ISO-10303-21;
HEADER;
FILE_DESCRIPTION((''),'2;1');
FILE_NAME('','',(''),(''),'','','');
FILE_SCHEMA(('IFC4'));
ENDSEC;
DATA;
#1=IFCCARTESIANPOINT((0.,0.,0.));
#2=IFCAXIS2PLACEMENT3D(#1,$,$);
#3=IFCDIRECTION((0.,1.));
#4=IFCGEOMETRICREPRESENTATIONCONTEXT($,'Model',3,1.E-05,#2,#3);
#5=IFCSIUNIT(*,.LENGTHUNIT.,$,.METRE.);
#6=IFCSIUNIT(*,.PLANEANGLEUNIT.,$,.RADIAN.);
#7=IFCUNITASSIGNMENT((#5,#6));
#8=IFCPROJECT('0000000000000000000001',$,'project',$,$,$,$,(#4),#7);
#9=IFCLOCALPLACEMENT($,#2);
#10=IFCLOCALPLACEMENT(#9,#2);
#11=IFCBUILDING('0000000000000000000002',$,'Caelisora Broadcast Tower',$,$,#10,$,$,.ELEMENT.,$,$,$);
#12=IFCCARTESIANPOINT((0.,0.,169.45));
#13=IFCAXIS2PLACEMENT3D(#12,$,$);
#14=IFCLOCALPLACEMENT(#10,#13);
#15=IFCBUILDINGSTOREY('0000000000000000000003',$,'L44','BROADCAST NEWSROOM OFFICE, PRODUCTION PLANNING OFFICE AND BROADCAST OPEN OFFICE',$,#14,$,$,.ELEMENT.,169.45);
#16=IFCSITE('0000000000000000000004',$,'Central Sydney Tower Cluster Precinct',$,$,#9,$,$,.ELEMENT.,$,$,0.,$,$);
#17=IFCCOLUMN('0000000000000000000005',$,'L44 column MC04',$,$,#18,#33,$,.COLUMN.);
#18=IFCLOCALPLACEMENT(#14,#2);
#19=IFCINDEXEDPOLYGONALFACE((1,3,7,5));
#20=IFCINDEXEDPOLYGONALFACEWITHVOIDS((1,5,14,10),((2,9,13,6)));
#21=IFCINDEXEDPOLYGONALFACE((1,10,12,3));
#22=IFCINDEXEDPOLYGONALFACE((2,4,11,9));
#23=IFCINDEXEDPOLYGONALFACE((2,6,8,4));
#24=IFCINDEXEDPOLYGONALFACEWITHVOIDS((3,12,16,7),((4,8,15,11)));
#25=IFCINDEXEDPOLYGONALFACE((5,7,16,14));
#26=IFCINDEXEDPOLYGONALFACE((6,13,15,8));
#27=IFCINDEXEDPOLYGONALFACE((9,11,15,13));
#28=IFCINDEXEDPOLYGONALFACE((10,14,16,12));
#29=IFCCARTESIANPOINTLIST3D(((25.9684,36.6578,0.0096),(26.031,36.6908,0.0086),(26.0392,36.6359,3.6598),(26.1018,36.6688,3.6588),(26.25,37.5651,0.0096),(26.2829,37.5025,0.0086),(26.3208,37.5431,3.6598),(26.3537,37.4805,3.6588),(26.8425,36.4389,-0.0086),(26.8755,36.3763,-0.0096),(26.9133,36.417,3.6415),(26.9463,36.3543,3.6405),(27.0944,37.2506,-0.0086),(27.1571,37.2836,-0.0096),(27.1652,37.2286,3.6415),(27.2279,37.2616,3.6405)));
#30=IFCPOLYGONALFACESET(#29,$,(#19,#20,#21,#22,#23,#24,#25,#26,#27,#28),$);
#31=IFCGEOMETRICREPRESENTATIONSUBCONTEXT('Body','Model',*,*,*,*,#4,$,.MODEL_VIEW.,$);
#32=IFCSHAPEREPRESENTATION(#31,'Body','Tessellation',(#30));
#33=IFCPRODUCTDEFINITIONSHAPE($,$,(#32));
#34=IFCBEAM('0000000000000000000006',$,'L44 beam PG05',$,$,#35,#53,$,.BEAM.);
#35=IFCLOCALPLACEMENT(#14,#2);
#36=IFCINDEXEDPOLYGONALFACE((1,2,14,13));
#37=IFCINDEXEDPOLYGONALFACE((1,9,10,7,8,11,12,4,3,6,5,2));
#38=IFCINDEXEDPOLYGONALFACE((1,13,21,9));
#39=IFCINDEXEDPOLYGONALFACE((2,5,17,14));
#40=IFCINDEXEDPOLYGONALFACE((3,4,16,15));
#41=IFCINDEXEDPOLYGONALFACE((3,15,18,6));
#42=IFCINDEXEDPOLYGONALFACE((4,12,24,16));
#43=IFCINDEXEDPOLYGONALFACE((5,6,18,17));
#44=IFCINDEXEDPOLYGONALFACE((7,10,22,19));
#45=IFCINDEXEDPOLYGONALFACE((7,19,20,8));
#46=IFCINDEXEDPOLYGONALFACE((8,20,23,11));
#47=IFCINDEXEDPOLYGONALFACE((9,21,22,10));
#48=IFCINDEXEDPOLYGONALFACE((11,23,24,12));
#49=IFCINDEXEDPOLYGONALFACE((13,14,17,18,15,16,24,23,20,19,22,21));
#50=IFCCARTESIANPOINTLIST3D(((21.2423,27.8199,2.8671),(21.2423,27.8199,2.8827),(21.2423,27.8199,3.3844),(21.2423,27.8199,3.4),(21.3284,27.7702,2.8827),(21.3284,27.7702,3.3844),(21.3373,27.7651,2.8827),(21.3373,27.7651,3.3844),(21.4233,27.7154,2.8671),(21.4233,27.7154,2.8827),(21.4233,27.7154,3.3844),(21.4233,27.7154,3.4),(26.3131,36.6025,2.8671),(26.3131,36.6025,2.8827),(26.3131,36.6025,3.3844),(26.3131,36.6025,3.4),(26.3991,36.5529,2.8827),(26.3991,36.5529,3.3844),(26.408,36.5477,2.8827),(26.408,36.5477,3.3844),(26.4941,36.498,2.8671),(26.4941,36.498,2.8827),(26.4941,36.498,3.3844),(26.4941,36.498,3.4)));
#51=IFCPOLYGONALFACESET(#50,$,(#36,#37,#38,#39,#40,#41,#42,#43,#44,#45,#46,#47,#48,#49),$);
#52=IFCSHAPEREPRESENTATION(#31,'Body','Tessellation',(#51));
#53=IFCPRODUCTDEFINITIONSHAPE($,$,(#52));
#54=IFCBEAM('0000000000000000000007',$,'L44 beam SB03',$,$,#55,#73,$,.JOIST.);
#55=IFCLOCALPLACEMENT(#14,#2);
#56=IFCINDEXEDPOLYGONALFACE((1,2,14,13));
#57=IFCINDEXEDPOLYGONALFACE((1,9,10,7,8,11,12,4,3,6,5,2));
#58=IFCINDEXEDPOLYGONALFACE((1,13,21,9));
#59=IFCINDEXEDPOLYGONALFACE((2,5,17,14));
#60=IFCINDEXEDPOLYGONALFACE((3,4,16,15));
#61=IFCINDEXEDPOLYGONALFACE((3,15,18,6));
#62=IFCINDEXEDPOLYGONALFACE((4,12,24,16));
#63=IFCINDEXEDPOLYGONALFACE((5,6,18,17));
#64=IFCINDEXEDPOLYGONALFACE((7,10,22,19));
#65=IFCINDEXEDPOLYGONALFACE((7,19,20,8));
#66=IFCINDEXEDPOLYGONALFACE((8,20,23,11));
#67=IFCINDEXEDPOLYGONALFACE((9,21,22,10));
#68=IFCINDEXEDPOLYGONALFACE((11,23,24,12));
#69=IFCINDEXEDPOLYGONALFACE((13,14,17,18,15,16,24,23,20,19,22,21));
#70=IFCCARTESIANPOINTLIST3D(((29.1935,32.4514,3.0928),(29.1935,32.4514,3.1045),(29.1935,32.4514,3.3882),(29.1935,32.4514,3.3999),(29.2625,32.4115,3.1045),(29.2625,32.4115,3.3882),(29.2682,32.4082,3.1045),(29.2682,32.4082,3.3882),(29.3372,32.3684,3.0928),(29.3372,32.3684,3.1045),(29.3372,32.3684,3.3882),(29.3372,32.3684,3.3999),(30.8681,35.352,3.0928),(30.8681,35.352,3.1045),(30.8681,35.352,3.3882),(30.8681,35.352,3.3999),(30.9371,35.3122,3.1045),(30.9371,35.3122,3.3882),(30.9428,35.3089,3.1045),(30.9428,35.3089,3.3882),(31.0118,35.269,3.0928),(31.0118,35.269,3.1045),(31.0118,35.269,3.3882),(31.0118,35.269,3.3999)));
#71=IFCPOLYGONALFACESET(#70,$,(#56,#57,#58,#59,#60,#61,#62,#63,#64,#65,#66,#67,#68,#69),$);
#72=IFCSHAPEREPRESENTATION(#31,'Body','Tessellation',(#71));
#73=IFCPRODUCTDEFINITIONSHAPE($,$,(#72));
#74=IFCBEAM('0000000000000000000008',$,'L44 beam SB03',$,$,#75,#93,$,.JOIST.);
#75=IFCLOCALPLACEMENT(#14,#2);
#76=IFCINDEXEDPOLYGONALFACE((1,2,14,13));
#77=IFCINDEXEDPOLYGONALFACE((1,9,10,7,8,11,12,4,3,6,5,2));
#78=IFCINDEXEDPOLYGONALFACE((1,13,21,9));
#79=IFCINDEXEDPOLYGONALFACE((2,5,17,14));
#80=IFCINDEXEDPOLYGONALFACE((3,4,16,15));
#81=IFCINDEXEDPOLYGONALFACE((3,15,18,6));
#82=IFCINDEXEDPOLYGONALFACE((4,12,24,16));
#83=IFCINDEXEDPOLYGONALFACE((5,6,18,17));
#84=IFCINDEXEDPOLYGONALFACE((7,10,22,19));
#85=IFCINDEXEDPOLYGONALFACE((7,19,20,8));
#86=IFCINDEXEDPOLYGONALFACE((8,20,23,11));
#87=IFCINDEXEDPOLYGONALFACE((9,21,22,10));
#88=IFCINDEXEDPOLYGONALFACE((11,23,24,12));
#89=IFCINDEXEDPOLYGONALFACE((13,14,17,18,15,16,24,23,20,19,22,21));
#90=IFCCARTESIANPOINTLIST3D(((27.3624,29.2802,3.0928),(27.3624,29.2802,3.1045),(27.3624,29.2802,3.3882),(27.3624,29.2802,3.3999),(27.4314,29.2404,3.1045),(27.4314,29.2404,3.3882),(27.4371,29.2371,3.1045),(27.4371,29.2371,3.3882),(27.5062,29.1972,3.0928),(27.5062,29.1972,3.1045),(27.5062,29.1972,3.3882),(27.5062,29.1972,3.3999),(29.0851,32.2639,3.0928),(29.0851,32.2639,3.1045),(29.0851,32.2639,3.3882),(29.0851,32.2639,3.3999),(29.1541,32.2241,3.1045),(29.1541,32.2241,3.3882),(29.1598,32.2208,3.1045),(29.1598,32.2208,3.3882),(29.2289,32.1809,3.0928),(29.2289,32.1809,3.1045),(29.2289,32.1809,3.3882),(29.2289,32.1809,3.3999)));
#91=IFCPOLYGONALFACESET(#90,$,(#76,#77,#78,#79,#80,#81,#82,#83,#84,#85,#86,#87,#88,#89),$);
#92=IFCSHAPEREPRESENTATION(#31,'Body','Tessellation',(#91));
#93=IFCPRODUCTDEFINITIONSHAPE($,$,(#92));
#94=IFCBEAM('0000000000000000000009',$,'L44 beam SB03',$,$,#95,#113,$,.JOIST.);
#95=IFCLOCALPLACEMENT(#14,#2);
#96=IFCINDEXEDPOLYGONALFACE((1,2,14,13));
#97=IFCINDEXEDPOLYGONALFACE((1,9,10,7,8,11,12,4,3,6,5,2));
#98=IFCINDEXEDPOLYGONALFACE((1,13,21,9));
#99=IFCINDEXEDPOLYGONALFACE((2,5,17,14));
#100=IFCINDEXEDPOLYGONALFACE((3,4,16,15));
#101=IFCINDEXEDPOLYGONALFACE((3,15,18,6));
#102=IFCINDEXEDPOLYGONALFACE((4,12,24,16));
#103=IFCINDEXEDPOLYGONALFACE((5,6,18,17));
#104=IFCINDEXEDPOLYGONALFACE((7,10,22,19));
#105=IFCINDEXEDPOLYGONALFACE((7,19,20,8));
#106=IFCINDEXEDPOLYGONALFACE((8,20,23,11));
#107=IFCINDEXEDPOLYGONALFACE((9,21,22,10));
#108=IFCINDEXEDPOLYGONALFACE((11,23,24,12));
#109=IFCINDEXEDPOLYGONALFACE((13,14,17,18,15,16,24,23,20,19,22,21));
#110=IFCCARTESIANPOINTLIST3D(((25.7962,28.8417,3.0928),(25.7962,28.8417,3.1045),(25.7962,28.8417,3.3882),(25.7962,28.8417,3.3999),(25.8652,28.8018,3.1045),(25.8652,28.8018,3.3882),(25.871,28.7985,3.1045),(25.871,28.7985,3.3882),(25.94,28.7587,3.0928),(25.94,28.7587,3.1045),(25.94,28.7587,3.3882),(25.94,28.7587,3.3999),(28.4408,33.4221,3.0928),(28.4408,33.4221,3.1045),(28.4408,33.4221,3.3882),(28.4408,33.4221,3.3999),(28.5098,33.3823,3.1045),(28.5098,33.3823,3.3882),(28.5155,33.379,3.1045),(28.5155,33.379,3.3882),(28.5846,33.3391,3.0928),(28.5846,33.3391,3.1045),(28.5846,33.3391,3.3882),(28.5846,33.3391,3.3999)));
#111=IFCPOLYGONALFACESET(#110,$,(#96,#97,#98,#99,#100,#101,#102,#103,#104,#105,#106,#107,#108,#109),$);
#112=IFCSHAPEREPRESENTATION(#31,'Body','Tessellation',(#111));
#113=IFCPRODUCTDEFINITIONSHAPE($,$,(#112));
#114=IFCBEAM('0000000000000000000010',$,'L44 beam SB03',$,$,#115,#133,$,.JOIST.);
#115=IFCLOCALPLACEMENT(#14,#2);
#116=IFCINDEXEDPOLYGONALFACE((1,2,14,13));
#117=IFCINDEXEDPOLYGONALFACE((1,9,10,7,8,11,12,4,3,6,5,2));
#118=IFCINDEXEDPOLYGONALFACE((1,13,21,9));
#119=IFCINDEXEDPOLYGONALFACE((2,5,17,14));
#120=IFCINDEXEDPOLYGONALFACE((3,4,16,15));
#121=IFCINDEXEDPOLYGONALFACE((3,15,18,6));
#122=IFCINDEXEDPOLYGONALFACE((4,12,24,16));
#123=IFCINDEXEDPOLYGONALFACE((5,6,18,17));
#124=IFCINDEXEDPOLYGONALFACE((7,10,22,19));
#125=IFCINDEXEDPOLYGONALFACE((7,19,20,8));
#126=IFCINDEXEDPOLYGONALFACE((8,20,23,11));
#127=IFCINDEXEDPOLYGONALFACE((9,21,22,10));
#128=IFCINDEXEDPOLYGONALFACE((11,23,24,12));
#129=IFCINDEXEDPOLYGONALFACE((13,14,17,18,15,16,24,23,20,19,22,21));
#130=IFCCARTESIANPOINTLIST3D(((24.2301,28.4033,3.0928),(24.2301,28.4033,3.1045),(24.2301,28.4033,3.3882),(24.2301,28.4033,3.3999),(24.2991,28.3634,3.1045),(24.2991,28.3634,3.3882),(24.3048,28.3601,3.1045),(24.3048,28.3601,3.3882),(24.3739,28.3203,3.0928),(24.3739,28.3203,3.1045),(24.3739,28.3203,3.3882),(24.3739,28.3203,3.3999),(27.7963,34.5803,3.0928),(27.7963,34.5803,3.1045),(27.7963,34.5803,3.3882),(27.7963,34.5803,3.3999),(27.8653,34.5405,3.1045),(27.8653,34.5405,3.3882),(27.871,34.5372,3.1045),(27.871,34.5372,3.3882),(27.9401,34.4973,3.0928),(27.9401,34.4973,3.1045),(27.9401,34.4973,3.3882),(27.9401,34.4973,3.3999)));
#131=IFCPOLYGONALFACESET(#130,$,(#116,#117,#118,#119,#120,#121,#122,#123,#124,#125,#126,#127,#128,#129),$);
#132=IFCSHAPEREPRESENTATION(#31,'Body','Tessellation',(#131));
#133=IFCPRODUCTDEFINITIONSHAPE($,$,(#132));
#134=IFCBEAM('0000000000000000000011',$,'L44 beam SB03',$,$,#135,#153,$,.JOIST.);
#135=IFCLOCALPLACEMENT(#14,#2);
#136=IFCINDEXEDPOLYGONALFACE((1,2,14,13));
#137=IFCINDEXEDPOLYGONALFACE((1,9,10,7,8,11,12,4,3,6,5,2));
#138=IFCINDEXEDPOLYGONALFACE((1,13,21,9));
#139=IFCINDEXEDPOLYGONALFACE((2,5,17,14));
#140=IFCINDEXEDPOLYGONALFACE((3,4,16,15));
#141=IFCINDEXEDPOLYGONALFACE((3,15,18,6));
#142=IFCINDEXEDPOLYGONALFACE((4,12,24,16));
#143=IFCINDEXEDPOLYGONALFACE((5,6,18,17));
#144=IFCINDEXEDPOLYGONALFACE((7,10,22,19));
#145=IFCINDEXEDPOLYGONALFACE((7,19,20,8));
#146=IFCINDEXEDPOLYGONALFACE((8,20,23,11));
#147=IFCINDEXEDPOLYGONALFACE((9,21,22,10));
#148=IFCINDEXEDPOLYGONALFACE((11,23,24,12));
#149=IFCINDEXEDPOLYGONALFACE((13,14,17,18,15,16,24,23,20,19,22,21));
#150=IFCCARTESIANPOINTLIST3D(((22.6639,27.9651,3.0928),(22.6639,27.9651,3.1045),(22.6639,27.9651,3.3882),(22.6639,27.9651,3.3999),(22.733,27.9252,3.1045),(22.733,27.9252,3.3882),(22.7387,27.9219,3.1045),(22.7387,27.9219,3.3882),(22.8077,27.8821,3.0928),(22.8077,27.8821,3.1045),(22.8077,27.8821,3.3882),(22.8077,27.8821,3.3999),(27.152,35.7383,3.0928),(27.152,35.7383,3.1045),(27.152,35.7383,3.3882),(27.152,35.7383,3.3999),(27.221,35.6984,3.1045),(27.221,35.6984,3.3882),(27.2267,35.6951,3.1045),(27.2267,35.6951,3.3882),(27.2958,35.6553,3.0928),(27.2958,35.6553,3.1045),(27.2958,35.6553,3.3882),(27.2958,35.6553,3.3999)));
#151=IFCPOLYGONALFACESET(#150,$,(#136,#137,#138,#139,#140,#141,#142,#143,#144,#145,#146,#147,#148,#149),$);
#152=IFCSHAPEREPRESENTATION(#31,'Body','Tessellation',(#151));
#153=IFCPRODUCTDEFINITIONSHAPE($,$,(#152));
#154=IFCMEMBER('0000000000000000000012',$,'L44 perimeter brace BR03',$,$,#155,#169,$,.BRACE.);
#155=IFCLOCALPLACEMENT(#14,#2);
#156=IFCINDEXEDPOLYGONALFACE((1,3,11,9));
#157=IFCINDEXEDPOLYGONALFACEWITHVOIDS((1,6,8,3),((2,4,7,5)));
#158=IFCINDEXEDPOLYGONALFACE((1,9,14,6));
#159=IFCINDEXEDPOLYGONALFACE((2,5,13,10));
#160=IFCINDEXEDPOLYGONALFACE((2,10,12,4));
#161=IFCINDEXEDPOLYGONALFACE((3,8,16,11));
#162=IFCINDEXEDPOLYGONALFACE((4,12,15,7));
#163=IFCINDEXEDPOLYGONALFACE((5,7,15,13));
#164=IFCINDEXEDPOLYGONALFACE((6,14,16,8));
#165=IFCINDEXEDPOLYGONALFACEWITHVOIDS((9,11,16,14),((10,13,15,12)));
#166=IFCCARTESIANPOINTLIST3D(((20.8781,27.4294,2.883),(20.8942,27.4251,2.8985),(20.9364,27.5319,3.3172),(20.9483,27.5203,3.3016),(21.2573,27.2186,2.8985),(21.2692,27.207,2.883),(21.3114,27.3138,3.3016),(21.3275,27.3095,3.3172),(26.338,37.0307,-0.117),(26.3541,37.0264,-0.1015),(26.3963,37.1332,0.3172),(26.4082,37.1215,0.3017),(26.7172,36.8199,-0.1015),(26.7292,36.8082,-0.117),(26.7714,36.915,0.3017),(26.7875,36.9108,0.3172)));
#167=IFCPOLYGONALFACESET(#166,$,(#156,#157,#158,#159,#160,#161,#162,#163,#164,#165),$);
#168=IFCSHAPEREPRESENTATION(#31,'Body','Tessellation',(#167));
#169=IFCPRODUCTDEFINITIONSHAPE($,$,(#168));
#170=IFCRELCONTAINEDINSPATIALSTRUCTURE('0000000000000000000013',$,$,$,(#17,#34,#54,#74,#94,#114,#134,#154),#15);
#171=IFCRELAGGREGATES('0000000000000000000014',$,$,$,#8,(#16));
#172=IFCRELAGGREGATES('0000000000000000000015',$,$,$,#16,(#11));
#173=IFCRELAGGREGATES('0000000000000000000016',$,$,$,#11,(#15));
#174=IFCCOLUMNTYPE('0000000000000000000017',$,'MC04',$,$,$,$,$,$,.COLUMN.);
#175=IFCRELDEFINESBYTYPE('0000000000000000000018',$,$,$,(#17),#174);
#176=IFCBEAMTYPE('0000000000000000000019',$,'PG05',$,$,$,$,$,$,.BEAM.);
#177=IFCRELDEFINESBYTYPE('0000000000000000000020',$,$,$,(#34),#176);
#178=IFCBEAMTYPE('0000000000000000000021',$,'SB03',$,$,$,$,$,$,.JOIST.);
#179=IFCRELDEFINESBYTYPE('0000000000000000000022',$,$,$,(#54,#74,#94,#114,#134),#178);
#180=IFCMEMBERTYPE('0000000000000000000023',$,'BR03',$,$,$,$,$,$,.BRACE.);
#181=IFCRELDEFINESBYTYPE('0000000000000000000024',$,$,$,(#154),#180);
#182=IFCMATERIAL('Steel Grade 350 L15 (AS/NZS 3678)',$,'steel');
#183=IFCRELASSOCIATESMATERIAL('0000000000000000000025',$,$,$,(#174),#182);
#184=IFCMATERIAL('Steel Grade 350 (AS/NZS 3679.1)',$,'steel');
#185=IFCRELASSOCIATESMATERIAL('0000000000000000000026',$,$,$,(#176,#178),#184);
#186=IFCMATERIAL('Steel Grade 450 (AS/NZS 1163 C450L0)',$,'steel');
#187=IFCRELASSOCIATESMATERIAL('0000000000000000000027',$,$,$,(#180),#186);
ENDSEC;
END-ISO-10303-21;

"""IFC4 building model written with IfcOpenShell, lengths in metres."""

from ifc_helpers import new_model, si_unit, direction, frame, origin, origin_2d, place, context, subcontext, project, spatial, hollow_rectangle, i_section, extrude, source, transform, mapped, material, material_profile, profile_set, type_object, type_shapes, element, save


model = new_model("IFC4")

# Units and contexts
model_context = context("Model", 3, precision=1e-05, world=origin(), true_north=direction((0.0, 1.0)))
body_context = subcontext(model_context, "Body", "Model", "MODEL_VIEW")
ifc_project = project(units=[si_unit("LENGTHUNIT", "METRE"), si_unit("PLANEANGLEUNIT", "RADIAN")], contexts=[model_context])

# Site, building, storey
site_placement = place(None, origin())
site = spatial("IfcSite", under=ifc_project, at=site_placement, Name="Central Sydney Tower Cluster Precinct", CompositionType="ELEMENT", RefElevation=0.0)
building_placement = place(site_placement, origin())
building = spatial("IfcBuilding", under=site, at=building_placement, Name="Caelisora Broadcast Tower", CompositionType="ELEMENT")
storey_placement = place(building_placement, frame((0.0, 0.0, 169.45)))
storey = spatial("IfcBuildingStorey", under=building, at=storey_placement, Name="L44", Description="BROADCAST NEWSROOM OFFICE, PRODUCTION PLANNING OFFICE AND BROADCAST OPEN OFFICE", CompositionType="ELEMENT", Elevation=169.45)

# Column
ifc_material_1 = material(Name="Steel Grade 350 L15 (AS/NZS 3678)", Category="steel")
ifc_material_profile_1 = material_profile(ifc_material_1, hollow_rectangle(XDim=0.95, YDim=0.95, WallThickness=0.05, at=origin_2d()), Name="Steel Grade 350 L15 (AS/NZS 3678)")
ifc_profile_set_1 = profile_set([ifc_material_profile_1], Name="Steel Grade 350 L15 (AS/NZS 3678)")
column_type = type_object("IfcColumnType", Name="MC04", PredefinedType="COLUMN", material=ifc_profile_set_1)
shared_shape_1 = source(origin(), body_context, "Body", "SweptSolid", [
    extrude(hollow_rectangle(XDim=0.95, YDim=0.95, WallThickness=0.05, at=origin_2d()), origin(), (0.0, 0.0, 1.0), 3.6509),
])
type_shapes(column_type, [shared_shape_1])
column_placement = place(storey_placement, frame((26.5627, 36.9707, 0.0), z_axis=(0.019393, -0.006018, 0.999794), x_axis=(0.296399, 0.955064, 0.0)))
element("IfcColumn", 1, at=column_placement, inside=storey, type_object=column_type, Name="L44 column MC04", PredefinedType="COLUMN", context=body_context, shape_type="MappedRepresentation", body=[
    mapped(shared_shape_1, transform((0.0, 0.0, 0.0), scale=1.0)),
])

# Beams
ifc_material_2 = material(Name="Steel Grade 350 (AS/NZS 3679.1)", Category="steel")
ifc_material_profile_2 = material_profile(ifc_material_2, i_section(OverallWidth=0.209, OverallDepth=0.533, WebThickness=0.0103, FlangeThickness=0.0156, at=origin_2d()), Name="Steel Grade 350 (AS/NZS 3679.1)")
ifc_profile_set_2 = profile_set([ifc_material_profile_2], Name="Steel Grade 350 (AS/NZS 3679.1)")
beam_type_1 = type_object("IfcBeamType", Name="PG05", PredefinedType="BEAM", material=ifc_profile_set_2)
shared_shape_2 = source(origin(), body_context, "Body", "SweptSolid", [
    extrude(i_section(OverallWidth=0.209, OverallDepth=0.533, WebThickness=0.0103, FlangeThickness=0.0156, at=origin_2d()), origin(), (0.0, 0.0, 1.0), 10.1414),
])
type_shapes(beam_type_1, [shared_shape_2])
beam_1_placement = place(storey_placement, frame((26.4036, 36.5503, 3.1335), z_axis=(-0.500007, -0.866021, 0.0), x_axis=(0.866021, -0.500007, 0.0)))
element("IfcBeam", 2, at=beam_1_placement, inside=storey, type_object=beam_type_1, Name="L44 beam PG05", PredefinedType="BEAM", context=body_context, shape_type="MappedRepresentation", body=[
    mapped(shared_shape_2, transform((0.0, 0.0, 0.0), scale=1.0)),
])
ifc_material_profile_3 = material_profile(ifc_material_2, i_section(OverallWidth=0.166, OverallDepth=0.3071, WebThickness=0.0066, FlangeThickness=0.0117, at=origin_2d()), Name="Steel Grade 350 (AS/NZS 3679.1)")
ifc_profile_set_3 = profile_set([ifc_material_profile_3], Name="Steel Grade 350 (AS/NZS 3679.1)")
beam_type_2 = type_object("IfcBeamType", Name="SB03", PredefinedType="JOIST", material=ifc_profile_set_3)
shared_shape_3 = source(origin(), body_context, "Body", "SweptSolid", [
    extrude(i_section(OverallWidth=0.166, OverallDepth=0.3071, WebThickness=0.0066, FlangeThickness=0.0117, at=origin_2d()), origin(), (0.0, 0.0, 1.0), 3.3494),
])
beam_2_placement = place(storey_placement, frame((30.9399, 35.3105, 3.2463), z_axis=(-0.499973, -0.866041, 0.0), x_axis=(0.866041, -0.499973, 0.0)))
element("IfcBeam", 3, at=beam_2_placement, inside=storey, type_object=beam_type_2, Name="L44 beam SB03", PredefinedType="JOIST", context=body_context, shape_type="MappedRepresentation", body=[
    mapped(shared_shape_3, transform((0.0, 0.0, 0.0), scale=1.0)),
])
shared_shape_4 = source(origin(), body_context, "Body", "SweptSolid", [
    extrude(i_section(OverallWidth=0.166, OverallDepth=0.3071, WebThickness=0.0066, FlangeThickness=0.0117, at=origin_2d()), origin(), (0.0, 0.0, 1.0), 3.4453),
])
beam_3_placement = place(storey_placement, frame((29.157, 32.2224, 3.2463), z_axis=(-0.500011, -0.866019, 0.0), x_axis=(0.866019, -0.500011, 0.0)))
element("IfcBeam", 4, at=beam_3_placement, inside=storey, type_object=beam_type_2, Name="L44 beam SB03", PredefinedType="JOIST", context=body_context, shape_type="MappedRepresentation", body=[
    mapped(shared_shape_4, transform((0.0, 0.0, 0.0), scale=1.0)),
])
shared_shape_5 = source(origin(), body_context, "Body", "SweptSolid", [
    extrude(i_section(OverallWidth=0.166, OverallDepth=0.3071, WebThickness=0.0066, FlangeThickness=0.0117, at=origin_2d()), origin(), (0.0, 0.0, 1.0), 5.2891),
])
beam_4_placement = place(storey_placement, frame((28.5127, 33.3806, 3.2463), z_axis=(-0.500011, -0.866019, 0.0), x_axis=(0.866019, -0.500011, 0.0)))
element("IfcBeam", 5, at=beam_4_placement, inside=storey, type_object=beam_type_2, Name="L44 beam SB03", PredefinedType="JOIST", context=body_context, shape_type="MappedRepresentation", body=[
    mapped(shared_shape_5, transform((0.0, 0.0, 0.0), scale=1.0)),
])
shared_shape_6 = source(origin(), body_context, "Body", "SweptSolid", [
    extrude(i_section(OverallWidth=0.166, OverallDepth=0.3071, WebThickness=0.0066, FlangeThickness=0.0117, at=origin_2d()), origin(), (0.0, 0.0, 1.0), 7.1326),
])
beam_5_placement = place(storey_placement, frame((27.8682, 34.5388, 3.2463), z_axis=(-0.499986, -0.866033, 0.0), x_axis=(0.866033, -0.499986, 0.0)))
element("IfcBeam", 6, at=beam_5_placement, inside=storey, type_object=beam_type_2, Name="L44 beam SB03", PredefinedType="JOIST", context=body_context, shape_type="MappedRepresentation", body=[
    mapped(shared_shape_6, transform((0.0, 0.0, 0.0), scale=1.0)),
])
shared_shape_7 = source(origin(), body_context, "Body", "SweptSolid", [
    extrude(i_section(OverallWidth=0.166, OverallDepth=0.3071, WebThickness=0.0066, FlangeThickness=0.0117, at=origin_2d()), origin(), (0.0, 0.0, 1.0), 8.9758),
])
type_shapes(beam_type_2, [shared_shape_3, shared_shape_4, shared_shape_5, shared_shape_6, shared_shape_7])
beam_6_placement = place(storey_placement, frame((27.2239, 35.6968, 3.2463), z_axis=(-0.500015, -0.866017, 0.0), x_axis=(0.866017, -0.500015, 0.0)))
element("IfcBeam", 7, at=beam_6_placement, inside=storey, type_object=beam_type_2, Name="L44 beam SB03", PredefinedType="JOIST", context=body_context, shape_type="MappedRepresentation", body=[
    mapped(shared_shape_7, transform((0.0, 0.0, 0.0), scale=1.0)),
])

# Member
ifc_material_3 = material(Name="Steel Grade 450 (AS/NZS 1163 C450L0)", Category="steel")
ifc_material_profile_4 = material_profile(ifc_material_3, hollow_rectangle(XDim=0.45, YDim=0.45, WallThickness=0.0161, at=origin_2d()), Name="Steel Grade 450 (AS/NZS 1163 C450L0)")
ifc_profile_set_4 = profile_set([ifc_material_profile_4], Name="Steel Grade 450 (AS/NZS 1163 C450L0)")
member_type_1 = type_object("IfcMemberType", Name="BR03", PredefinedType="BRACE", material=ifc_profile_set_4)
shared_shape_8 = source(origin(), body_context, "Body", "SweptSolid", [
    extrude(hollow_rectangle(XDim=0.45, YDim=0.45, WallThickness=0.0161, at=origin_2d()), origin(), (0.0, 0.0, 1.0), 11.4453),
])
type_shapes(member_type_1, [shared_shape_8])
member_1_placement = place(storey_placement, frame((26.5627, 36.9707, 0.1001), z_axis=(-0.477045, -0.838882, 0.262115), x_axis=(0.869275, -0.494329, 0.0)))
element("IfcMember", 8, at=member_1_placement, inside=storey, type_object=member_type_1, Name="L44 perimeter brace BR03", PredefinedType="BRACE", context=body_context, shape_type="MappedRepresentation", body=[
    mapped(shared_shape_8, transform((0.0, 0.0, 0.0), scale=1.0)),
])

save(model, "model.ifc")
